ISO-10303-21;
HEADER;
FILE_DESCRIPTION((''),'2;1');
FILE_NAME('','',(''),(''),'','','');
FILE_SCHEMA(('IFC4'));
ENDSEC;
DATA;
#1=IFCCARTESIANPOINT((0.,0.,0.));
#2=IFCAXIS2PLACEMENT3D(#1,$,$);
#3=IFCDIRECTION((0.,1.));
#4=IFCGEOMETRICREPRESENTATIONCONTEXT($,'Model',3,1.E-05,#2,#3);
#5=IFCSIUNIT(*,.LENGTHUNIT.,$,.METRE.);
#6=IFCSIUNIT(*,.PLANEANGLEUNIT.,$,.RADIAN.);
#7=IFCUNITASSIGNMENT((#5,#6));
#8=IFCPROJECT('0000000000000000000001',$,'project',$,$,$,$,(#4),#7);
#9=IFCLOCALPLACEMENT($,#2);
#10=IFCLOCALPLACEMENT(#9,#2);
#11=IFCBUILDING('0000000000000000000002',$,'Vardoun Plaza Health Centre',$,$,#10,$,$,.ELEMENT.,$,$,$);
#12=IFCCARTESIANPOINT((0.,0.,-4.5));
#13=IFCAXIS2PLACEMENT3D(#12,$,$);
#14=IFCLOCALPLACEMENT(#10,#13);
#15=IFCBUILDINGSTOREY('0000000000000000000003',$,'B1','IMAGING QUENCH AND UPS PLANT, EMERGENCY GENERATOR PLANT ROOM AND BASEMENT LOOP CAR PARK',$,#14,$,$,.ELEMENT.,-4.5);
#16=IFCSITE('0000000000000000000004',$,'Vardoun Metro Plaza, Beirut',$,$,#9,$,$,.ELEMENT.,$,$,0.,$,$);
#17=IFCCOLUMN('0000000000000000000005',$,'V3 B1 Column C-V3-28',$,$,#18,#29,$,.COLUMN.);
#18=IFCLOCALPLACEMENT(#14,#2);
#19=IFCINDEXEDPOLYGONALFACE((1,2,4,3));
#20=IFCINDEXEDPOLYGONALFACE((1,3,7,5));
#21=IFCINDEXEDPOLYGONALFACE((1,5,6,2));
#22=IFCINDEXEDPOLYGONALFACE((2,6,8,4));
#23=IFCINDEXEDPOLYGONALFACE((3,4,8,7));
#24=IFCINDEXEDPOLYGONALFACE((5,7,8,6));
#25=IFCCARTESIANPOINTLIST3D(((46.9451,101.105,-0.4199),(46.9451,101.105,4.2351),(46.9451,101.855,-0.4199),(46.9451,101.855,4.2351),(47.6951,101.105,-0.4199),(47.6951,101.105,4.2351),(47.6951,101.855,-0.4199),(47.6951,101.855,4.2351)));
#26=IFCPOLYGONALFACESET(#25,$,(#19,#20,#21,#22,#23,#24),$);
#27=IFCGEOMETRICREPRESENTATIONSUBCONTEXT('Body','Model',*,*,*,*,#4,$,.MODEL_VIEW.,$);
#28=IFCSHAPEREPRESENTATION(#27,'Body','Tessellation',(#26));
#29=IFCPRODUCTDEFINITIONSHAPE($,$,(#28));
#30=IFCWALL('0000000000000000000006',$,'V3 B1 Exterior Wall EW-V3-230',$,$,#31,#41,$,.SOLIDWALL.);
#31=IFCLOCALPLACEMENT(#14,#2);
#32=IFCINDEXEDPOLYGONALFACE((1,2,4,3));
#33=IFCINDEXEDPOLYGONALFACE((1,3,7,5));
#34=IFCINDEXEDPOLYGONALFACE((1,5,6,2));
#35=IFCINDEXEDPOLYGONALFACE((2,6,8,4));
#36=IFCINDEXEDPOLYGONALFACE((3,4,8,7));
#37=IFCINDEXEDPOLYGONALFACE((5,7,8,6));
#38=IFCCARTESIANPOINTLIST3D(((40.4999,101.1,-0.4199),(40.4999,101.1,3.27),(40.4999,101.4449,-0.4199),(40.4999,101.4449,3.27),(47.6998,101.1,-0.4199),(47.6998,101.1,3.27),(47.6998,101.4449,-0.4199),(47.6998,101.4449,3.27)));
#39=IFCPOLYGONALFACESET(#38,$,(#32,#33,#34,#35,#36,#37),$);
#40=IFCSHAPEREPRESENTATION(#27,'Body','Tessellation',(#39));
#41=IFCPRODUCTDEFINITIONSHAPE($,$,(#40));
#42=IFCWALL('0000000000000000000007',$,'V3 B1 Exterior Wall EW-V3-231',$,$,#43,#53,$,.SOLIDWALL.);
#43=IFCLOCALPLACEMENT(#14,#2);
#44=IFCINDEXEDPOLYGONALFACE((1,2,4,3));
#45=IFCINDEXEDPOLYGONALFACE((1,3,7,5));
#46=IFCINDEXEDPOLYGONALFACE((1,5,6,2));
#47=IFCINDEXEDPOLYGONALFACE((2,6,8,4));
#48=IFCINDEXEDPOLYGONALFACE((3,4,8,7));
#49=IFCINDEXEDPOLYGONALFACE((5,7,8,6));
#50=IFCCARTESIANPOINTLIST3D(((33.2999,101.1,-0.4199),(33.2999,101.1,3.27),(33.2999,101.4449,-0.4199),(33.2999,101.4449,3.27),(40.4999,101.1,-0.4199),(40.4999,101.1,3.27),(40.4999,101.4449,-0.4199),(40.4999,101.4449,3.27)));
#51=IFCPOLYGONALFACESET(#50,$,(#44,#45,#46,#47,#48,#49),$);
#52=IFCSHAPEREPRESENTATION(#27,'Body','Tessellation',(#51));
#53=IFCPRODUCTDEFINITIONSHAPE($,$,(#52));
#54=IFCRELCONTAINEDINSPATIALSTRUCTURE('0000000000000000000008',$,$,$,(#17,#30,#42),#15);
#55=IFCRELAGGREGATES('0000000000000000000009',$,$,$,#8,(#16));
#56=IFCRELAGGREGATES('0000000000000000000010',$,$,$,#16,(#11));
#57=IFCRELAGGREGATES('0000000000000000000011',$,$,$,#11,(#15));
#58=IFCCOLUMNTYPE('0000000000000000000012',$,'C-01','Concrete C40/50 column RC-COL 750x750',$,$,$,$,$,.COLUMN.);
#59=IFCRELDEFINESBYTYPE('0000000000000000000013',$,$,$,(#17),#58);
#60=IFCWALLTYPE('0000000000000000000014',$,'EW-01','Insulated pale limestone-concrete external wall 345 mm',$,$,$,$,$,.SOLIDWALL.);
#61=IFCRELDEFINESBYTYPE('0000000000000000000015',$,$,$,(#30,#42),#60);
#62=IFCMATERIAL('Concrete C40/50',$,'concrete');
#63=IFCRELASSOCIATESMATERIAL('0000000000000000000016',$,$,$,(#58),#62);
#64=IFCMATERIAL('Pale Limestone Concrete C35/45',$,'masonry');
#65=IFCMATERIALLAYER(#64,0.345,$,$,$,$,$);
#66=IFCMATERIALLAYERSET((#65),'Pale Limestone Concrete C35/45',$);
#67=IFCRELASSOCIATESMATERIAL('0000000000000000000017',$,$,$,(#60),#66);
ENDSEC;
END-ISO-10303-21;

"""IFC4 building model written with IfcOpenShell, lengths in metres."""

from ifc_helpers import new_model, si_unit, direction, frame, frame_2d, origin, origin_2d, place, context, subcontext, project, spatial, rectangle, extrude, material, layer, layer_set, material_profile, profile_set, type_object, element, save


model = new_model("IFC4")

# Units and contexts
model_context = context("Model", 3, precision=1e-05, world=origin(), true_north=direction((0.0, 1.0)))
body_context = subcontext(model_context, "Body", "Model", "MODEL_VIEW")
ifc_project = project(units=[si_unit("LENGTHUNIT", "METRE"), si_unit("PLANEANGLEUNIT", "RADIAN")], contexts=[model_context])

# Site, building, storey
site_placement = place(None, origin())
site = spatial("IfcSite", under=ifc_project, at=site_placement, Name="Vardoun Metro Plaza, Beirut", CompositionType="ELEMENT", RefElevation=0.0)
building_placement = place(site_placement, origin())
building = spatial("IfcBuilding", under=site, at=building_placement, Name="Vardoun Plaza Health Centre", CompositionType="ELEMENT")
storey_placement = place(building_placement, frame((0.0, 0.0, -4.5)))
storey = spatial("IfcBuildingStorey", under=building, at=storey_placement, Name="B1", Description="IMAGING QUENCH AND UPS PLANT, EMERGENCY GENERATOR PLANT ROOM AND BASEMENT LOOP CAR PARK", CompositionType="ELEMENT", Elevation=-4.5)

# Column
ifc_material_1 = material(Name="Concrete C40/50", Category="concrete")
ifc_material_profile_1 = material_profile(ifc_material_1, rectangle(XDim=0.75, YDim=0.75, at=origin_2d()), Name="RC-COL 750x750")
ifc_profile_set_1 = profile_set([ifc_material_profile_1], Name="Concrete C40/50")
column_type_1 = type_object("IfcColumnType", Name="C-01", Description="Concrete C40/50 column RC-COL 750x750", PredefinedType="COLUMN", material=ifc_profile_set_1)
column_1_placement = place(storey_placement, frame((47.3201, 101.48, -0.4199), z_axis=(0.0, 0.0, 1.0), x_axis=(1.0, 0.0, 0.0)))
element("IfcColumn", 1, at=column_1_placement, inside=storey, type_object=column_type_1, Name="V3 B1 Column C-V3-28", PredefinedType="COLUMN", context=body_context, shape_type="SweptSolid", body=[
    extrude(rectangle(XDim=0.75, YDim=0.75, at=origin_2d()), origin(), (0.0, 0.0, 1.0), 4.655),
])

# Walls
ifc_material_2 = material(Name="Pale Limestone Concrete C35/45", Category="masonry")
ifc_layer_1 = layer(ifc_material_2, 0.345)
ifc_layer_set_1 = layer_set([ifc_layer_1], Name="Pale Limestone Concrete C35/45")
wall_type_1 = type_object("IfcWallType", Name="EW-01", Description="Insulated pale limestone-concrete external wall 345 mm", PredefinedType="SOLIDWALL", material=ifc_layer_set_1)
for number, where, z_axis, x_axis, name in (
    (2, (47.7, 101.2725, -0.4199), (0.0, 0.0, 1.0), (-1.0, 0.0, 0.0), "V3 B1 Exterior Wall EW-V3-230"),
    (3, (40.5, 101.2725, -0.4199), (0.0, 0.0, 1.0), (-1.0, 0.0, 0.0), "V3 B1 Exterior Wall EW-V3-231"),
):
    element("IfcWall", number, at=place(storey_placement, frame(where, z_axis=z_axis, x_axis=x_axis)), inside=storey, type_object=wall_type_1, Name=name, PredefinedType="SOLIDWALL", context=body_context, shape_type="SweptSolid", body=[
        extrude(rectangle(XDim=7.2, YDim=0.345, at=frame_2d((3.6001, 0.0))), origin(), (0.0, 0.0, 1.0), 3.6899),
    ])

save(model, "model.ifc")
